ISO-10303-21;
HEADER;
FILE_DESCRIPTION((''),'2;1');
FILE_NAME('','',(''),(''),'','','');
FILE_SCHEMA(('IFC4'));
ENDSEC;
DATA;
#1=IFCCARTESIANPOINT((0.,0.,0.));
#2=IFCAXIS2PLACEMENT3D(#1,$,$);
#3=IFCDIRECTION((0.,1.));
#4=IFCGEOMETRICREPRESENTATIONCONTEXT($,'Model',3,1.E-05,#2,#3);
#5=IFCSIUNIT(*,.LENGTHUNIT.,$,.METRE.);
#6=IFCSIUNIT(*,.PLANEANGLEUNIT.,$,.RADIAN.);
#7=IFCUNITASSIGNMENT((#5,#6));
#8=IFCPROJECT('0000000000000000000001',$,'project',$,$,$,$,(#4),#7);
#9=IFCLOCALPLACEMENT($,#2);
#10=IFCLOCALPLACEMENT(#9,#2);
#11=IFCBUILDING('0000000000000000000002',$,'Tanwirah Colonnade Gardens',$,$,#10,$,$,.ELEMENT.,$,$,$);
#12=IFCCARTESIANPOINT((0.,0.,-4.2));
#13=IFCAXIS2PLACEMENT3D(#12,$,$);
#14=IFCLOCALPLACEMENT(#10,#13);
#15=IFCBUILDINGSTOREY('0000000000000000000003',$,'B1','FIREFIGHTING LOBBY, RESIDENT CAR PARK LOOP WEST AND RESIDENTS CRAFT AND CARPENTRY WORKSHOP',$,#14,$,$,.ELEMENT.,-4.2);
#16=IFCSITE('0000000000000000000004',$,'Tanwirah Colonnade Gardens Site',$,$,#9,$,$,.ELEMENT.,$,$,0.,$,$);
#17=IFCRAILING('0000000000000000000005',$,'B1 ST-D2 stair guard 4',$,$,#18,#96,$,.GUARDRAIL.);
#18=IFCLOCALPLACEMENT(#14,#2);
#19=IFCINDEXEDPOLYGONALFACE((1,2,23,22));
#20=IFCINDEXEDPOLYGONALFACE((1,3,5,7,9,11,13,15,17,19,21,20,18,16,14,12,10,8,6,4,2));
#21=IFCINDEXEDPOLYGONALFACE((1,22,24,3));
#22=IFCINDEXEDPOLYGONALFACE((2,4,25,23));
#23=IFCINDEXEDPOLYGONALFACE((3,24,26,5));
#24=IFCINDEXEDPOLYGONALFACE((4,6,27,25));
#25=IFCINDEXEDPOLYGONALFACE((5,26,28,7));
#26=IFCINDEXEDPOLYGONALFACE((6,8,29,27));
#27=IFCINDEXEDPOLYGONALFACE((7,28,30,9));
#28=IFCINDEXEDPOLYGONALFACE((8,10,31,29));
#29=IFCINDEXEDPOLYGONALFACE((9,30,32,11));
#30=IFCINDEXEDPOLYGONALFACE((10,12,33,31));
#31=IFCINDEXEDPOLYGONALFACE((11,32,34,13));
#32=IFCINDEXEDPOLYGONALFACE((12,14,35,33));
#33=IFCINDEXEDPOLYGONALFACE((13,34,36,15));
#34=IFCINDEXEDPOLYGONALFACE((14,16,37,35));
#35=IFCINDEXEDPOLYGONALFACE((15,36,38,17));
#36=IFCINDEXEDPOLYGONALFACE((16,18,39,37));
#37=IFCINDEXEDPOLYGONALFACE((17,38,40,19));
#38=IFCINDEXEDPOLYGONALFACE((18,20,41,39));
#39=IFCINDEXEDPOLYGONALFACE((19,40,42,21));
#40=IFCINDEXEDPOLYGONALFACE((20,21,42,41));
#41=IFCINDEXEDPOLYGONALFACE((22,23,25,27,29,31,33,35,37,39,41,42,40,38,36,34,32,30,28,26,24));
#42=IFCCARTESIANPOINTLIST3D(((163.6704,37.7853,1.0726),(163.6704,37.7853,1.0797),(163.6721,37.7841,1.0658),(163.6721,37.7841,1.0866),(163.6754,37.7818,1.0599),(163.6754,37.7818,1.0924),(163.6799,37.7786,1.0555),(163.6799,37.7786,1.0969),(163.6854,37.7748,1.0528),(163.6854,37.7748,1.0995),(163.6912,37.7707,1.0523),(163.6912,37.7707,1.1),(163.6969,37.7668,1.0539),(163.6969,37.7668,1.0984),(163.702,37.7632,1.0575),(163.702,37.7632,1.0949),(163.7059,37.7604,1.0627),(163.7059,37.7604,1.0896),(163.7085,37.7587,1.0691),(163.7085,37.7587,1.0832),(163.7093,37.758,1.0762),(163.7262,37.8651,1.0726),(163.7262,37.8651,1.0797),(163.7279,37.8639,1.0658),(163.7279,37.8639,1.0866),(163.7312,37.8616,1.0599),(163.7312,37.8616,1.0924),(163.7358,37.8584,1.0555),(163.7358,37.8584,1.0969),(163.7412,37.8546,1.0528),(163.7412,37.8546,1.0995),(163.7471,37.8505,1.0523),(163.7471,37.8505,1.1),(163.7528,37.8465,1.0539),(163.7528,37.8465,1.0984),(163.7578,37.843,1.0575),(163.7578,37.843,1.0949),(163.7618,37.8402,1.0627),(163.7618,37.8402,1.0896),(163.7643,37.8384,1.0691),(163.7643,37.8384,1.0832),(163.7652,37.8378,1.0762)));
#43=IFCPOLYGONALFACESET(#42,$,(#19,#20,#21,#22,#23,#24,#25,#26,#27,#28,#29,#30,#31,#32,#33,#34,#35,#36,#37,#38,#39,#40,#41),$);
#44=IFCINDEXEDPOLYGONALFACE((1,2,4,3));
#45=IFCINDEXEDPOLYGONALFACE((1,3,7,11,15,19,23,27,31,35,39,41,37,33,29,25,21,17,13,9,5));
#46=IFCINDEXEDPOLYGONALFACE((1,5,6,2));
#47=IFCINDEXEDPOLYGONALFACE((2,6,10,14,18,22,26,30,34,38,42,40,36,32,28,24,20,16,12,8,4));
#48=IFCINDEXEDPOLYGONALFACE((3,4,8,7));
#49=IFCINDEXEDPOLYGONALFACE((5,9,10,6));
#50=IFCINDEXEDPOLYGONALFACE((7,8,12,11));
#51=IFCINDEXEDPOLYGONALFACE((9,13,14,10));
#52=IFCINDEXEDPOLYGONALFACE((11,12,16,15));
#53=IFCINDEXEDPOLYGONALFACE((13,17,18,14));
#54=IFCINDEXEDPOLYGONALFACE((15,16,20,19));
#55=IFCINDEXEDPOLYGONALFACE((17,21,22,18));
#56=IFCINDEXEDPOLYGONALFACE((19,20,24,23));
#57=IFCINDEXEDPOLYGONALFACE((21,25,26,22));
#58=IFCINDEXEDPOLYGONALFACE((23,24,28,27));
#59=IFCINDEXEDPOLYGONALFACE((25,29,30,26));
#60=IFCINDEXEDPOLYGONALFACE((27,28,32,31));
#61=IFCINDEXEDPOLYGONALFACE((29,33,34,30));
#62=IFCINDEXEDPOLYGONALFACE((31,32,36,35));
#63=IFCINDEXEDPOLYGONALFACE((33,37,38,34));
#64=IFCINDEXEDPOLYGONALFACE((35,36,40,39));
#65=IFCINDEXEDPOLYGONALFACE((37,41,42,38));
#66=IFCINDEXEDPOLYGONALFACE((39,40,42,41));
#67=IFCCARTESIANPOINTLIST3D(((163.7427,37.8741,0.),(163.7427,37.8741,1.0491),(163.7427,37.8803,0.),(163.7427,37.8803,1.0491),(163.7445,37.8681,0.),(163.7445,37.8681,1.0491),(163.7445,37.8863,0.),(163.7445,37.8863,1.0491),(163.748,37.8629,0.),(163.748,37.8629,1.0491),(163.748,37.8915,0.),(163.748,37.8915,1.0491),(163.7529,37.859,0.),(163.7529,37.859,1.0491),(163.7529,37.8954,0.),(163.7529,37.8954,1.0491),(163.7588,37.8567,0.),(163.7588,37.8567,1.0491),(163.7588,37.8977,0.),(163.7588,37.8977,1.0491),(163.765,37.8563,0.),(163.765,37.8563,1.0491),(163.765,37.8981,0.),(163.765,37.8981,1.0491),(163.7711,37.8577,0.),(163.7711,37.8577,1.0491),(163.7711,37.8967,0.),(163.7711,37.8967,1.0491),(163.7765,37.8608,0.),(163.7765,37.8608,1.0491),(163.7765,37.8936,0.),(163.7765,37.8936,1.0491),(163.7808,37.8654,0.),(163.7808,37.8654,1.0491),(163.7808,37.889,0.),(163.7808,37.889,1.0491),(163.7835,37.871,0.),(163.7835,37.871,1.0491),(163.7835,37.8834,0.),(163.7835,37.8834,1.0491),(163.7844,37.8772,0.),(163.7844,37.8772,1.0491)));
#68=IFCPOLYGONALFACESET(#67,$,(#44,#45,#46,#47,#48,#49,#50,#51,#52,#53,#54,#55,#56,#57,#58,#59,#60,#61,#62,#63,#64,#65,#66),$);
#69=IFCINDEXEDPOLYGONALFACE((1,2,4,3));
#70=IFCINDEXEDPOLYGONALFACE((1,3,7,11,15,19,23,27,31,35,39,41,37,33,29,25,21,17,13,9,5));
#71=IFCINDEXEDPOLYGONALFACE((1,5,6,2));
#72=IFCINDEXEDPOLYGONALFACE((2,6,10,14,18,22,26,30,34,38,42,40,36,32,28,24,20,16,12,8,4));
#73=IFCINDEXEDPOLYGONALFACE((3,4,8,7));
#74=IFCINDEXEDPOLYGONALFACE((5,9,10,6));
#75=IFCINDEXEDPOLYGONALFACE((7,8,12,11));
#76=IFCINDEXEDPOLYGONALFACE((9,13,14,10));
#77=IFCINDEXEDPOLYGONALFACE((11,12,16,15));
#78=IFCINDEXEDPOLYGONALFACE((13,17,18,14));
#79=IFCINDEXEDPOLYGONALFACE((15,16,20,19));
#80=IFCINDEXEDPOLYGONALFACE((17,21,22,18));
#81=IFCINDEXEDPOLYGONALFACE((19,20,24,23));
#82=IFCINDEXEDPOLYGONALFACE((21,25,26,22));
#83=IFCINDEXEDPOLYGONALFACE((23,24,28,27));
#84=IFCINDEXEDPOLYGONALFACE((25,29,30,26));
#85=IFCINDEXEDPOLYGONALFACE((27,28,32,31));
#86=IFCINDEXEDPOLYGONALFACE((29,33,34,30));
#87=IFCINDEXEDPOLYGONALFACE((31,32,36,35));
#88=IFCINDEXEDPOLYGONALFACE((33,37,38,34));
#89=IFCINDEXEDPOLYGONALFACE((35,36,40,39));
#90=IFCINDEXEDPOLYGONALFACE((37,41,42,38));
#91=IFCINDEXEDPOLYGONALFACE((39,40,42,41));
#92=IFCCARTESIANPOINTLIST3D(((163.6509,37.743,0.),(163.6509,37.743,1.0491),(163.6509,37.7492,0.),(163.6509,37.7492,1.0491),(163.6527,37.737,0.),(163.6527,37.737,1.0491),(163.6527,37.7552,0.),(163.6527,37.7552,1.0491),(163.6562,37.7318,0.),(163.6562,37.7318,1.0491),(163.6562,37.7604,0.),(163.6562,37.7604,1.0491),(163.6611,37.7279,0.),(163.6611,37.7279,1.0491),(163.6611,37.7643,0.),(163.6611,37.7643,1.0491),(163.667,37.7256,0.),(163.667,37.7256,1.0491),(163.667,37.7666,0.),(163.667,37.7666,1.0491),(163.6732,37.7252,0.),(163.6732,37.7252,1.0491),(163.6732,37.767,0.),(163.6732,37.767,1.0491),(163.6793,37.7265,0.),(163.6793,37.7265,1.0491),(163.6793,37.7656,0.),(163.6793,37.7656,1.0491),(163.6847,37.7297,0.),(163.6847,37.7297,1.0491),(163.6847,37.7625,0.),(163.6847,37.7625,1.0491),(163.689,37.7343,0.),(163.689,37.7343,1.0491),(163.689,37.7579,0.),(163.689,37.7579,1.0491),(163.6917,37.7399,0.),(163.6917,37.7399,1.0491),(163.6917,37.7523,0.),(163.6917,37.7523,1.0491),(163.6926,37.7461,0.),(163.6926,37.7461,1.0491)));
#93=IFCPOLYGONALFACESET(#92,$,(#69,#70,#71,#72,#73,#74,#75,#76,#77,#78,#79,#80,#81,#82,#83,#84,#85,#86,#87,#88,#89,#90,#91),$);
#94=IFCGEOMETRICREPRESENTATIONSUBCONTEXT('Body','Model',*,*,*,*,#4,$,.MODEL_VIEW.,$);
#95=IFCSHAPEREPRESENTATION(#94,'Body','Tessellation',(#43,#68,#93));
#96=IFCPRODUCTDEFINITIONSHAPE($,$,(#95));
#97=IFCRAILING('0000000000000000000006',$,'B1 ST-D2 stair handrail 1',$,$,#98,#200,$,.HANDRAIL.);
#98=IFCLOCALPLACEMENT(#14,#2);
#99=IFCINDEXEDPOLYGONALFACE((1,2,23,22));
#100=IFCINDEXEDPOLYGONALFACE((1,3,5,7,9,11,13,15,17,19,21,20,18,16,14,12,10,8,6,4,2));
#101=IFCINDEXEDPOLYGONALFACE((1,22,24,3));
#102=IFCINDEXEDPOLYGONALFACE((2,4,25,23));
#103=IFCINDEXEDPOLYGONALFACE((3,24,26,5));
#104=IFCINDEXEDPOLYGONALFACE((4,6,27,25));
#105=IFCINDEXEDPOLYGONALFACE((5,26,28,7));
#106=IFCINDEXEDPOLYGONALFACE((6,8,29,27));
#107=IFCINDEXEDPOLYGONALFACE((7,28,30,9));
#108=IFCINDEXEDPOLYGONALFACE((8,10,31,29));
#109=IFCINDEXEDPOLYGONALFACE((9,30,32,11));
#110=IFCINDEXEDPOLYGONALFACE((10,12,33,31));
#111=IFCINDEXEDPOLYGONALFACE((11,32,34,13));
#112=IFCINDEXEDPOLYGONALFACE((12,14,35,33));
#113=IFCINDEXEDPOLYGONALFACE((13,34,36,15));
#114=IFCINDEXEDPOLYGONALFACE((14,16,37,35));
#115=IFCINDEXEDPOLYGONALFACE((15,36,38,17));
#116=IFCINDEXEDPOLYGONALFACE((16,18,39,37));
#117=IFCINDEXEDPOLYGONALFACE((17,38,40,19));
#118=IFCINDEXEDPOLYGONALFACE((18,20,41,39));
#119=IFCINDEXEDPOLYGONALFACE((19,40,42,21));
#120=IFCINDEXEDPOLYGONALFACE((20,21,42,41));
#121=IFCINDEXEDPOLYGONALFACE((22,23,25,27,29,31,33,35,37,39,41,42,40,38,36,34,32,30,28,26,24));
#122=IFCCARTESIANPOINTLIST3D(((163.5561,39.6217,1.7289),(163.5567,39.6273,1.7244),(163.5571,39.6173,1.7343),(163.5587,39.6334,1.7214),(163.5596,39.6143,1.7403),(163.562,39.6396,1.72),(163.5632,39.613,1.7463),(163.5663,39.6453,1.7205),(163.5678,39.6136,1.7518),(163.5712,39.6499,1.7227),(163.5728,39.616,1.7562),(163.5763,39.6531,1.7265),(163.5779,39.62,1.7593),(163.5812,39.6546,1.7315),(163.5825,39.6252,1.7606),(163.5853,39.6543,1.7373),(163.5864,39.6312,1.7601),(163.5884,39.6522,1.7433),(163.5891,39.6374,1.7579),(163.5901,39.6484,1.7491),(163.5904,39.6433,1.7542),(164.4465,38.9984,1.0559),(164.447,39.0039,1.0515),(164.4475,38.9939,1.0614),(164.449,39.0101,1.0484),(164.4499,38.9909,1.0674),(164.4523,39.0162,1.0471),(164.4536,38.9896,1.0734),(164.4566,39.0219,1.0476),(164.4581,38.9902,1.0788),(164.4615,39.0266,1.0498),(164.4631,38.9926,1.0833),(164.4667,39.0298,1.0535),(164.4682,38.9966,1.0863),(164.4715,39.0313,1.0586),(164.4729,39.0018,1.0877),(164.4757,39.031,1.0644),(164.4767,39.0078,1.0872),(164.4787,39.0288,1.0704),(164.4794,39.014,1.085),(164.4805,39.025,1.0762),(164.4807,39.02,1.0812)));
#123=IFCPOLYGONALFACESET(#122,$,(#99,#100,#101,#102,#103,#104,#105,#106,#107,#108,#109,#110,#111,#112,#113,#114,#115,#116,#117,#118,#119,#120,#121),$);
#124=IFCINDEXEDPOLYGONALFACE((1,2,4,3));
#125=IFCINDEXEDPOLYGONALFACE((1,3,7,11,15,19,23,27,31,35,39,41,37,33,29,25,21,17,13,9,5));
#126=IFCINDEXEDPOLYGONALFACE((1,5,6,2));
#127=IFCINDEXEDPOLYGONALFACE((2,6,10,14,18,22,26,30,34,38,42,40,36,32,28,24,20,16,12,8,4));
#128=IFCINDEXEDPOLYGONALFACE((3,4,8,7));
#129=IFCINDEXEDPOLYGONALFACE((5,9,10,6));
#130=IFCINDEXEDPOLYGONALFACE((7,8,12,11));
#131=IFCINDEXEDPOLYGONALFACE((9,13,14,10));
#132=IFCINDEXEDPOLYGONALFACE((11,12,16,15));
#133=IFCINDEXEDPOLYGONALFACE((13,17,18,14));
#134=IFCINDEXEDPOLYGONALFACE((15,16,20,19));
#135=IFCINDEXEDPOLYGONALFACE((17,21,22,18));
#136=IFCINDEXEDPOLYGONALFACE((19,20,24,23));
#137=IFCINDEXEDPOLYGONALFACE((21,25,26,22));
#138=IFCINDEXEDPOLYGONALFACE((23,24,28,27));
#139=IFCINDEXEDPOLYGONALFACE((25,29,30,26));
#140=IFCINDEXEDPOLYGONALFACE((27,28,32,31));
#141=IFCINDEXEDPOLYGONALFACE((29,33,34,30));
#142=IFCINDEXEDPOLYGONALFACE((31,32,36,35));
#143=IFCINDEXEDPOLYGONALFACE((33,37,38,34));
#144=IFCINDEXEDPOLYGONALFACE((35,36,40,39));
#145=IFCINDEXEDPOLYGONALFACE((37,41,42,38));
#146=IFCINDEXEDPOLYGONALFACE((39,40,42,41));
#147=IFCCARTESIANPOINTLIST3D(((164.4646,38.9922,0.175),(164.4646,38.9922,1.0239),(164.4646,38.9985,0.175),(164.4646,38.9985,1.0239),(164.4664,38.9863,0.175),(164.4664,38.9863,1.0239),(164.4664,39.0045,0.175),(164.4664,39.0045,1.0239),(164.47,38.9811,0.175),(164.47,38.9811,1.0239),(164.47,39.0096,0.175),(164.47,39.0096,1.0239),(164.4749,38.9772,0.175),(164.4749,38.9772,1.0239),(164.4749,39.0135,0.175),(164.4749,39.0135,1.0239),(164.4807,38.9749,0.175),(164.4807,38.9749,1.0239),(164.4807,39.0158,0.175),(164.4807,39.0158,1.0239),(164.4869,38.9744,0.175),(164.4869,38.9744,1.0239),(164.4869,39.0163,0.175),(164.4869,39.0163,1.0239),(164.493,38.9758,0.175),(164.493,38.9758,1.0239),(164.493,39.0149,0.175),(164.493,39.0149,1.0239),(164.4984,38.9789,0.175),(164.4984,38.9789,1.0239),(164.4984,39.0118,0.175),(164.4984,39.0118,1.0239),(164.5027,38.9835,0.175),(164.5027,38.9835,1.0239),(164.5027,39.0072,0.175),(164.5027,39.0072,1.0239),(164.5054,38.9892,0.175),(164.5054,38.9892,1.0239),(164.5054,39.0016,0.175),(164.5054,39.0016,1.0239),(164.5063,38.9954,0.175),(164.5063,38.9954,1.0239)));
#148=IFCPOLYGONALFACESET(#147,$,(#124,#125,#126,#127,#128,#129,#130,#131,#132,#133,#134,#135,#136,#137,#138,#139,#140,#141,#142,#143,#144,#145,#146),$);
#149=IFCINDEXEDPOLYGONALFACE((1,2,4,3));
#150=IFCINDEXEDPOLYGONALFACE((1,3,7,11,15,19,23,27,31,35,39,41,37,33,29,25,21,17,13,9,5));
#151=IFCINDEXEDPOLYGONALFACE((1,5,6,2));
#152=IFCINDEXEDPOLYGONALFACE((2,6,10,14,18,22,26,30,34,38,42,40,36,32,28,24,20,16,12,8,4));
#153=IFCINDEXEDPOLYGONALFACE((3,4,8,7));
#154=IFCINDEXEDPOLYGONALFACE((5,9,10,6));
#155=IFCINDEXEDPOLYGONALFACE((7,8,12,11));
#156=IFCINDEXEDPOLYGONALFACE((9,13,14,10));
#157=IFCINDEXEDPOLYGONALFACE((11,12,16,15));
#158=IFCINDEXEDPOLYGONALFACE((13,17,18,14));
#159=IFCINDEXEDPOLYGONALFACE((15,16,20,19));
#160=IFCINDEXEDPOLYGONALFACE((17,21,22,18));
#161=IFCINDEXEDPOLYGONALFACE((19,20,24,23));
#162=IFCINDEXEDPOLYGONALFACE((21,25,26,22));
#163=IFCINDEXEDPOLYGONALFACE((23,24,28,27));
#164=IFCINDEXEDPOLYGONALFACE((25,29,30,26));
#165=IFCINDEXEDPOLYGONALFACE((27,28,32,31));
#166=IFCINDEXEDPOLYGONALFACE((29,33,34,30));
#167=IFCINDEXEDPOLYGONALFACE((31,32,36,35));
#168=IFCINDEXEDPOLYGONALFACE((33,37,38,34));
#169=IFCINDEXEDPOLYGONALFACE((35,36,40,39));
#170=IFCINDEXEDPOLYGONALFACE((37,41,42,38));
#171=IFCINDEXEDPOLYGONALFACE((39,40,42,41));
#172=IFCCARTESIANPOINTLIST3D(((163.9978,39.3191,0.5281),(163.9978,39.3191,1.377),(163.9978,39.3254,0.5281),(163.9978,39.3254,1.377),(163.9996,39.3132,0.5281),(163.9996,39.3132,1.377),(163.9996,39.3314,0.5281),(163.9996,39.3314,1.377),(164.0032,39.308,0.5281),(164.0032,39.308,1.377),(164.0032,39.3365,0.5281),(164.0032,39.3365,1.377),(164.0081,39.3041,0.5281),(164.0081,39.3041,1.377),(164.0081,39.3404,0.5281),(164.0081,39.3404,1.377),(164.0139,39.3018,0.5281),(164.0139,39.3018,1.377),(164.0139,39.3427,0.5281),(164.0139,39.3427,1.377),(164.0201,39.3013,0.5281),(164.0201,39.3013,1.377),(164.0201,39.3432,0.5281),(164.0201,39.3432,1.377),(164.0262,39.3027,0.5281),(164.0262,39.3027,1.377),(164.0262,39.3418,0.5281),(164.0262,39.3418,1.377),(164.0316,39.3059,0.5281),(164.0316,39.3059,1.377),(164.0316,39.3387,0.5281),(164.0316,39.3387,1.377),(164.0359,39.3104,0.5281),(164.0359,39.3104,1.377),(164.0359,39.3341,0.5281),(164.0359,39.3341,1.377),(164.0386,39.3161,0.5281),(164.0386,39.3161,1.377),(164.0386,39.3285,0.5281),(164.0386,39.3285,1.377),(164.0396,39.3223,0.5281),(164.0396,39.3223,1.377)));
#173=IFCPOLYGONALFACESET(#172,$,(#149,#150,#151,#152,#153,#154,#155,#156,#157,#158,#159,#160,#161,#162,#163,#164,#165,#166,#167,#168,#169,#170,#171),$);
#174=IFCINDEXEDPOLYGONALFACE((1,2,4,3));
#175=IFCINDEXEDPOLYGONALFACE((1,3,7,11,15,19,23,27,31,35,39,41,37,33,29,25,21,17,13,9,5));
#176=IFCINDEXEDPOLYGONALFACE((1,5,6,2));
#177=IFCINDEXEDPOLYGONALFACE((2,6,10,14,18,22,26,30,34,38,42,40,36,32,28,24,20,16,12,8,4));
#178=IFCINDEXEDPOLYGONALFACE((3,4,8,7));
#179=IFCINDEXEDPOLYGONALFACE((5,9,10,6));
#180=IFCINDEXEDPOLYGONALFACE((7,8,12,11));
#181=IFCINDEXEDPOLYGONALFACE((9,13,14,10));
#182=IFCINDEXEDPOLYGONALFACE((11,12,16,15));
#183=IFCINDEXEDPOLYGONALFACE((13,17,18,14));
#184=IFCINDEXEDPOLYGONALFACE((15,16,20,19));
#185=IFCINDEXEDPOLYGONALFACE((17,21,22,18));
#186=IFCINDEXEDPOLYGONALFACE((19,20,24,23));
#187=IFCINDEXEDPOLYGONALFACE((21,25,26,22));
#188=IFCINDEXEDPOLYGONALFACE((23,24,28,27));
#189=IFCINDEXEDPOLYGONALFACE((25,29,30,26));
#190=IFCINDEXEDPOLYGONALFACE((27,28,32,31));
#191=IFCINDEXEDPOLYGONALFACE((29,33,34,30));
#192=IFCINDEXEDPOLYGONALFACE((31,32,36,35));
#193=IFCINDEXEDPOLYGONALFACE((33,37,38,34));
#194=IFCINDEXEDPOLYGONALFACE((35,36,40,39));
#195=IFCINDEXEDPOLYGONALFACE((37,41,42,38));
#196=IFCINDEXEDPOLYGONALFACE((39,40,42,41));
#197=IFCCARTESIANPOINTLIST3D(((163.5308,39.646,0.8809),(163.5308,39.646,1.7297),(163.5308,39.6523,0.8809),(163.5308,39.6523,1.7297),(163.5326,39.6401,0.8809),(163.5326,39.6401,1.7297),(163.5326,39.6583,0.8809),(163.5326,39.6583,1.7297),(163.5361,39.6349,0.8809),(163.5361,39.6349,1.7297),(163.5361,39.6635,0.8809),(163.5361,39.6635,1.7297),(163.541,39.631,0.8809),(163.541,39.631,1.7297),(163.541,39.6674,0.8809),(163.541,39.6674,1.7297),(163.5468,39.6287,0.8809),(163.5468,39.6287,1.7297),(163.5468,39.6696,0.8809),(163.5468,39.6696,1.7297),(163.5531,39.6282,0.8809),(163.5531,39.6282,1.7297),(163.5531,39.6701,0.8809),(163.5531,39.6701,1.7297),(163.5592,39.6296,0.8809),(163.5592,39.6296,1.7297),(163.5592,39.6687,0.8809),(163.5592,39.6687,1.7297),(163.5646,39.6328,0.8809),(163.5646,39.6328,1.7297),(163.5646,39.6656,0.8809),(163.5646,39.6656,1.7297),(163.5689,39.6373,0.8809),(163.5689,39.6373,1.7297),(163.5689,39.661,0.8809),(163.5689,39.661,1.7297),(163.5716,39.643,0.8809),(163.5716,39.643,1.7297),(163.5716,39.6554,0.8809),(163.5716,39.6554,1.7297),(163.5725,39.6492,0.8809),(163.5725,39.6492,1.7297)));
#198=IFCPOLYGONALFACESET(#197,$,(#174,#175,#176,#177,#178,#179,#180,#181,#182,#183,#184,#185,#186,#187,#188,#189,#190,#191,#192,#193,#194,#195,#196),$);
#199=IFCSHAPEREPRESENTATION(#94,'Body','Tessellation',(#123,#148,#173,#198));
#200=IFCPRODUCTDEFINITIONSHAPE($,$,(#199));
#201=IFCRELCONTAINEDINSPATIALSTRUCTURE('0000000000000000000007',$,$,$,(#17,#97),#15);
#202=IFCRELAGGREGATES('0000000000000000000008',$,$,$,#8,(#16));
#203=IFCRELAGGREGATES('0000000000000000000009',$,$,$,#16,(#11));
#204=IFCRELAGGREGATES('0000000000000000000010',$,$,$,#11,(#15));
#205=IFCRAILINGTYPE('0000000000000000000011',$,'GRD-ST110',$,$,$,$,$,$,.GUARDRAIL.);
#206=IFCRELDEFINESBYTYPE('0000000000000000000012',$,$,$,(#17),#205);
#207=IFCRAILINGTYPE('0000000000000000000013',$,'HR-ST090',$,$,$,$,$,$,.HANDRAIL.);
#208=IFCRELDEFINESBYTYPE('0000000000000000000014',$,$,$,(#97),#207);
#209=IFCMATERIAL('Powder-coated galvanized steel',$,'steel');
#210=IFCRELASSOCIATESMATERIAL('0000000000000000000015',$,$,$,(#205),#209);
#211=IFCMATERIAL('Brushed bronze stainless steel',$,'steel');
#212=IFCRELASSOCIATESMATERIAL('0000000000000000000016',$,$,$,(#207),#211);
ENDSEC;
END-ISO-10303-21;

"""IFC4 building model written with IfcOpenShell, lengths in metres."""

from ifc_helpers import new_model, si_unit, direction, frame, origin, origin_2d, place, context, subcontext, project, spatial, circle, extrude, material, type_object, element, save


model = new_model("IFC4")

# Units and contexts
model_context = context("Model", 3, precision=1e-05, world=origin(), true_north=direction((0.0, 1.0)))
body_context = subcontext(model_context, "Body", "Model", "MODEL_VIEW")
ifc_project = project(units=[si_unit("LENGTHUNIT", "METRE"), si_unit("PLANEANGLEUNIT", "RADIAN")], contexts=[model_context])

# Site, building, storey
site_placement = place(None, origin())
site = spatial("IfcSite", under=ifc_project, at=site_placement, Name="Tanwirah Colonnade Gardens Site", CompositionType="ELEMENT", RefElevation=0.0)
building_placement = place(site_placement, origin())
building = spatial("IfcBuilding", under=site, at=building_placement, Name="Tanwirah Colonnade Gardens", CompositionType="ELEMENT")
storey_placement = place(building_placement, frame((0.0, 0.0, -4.2)))
storey = spatial("IfcBuildingStorey", under=building, at=storey_placement, Name="B1", Description="FIREFIGHTING LOBBY, RESIDENT CAR PARK LOOP WEST AND RESIDENTS CRAFT AND CARPENTRY WORKSHOP", CompositionType="ELEMENT", Elevation=-4.2)

# Railings
ifc_material_1 = material(Name="Powder-coated galvanized steel", Category="steel")
railing_type_1 = type_object("IfcRailingType", Name="GRD-ST110", PredefinedType="GUARDRAIL", material=ifc_material_1)
railing_1_placement = place(storey_placement, frame((163.7634, 37.8772, 0.0)))
element("IfcRailing", 1, at=railing_1_placement, inside=storey, type_object=railing_type_1, Name="B1 ST-D2 stair guard 4", PredefinedType="GUARDRAIL", context=body_context, shape_type="SweptSolid", body=[
    extrude(circle(Radius=0.0239, at=origin_2d()), frame((-0.0178, -0.0256, 1.0762), z_axis=(-0.573565, -0.81916, 0.0), x_axis=(0.81916, -0.573565, 0.0)), (0.0, 0.0, 1.0), 0.0974),
    extrude(circle(Radius=0.021, at=origin_2d()), origin(), (0.0, 0.0, 1.0), 1.0491),
    extrude(circle(Radius=0.021, at=origin_2d()), frame((-0.0918, -0.1311, 0.0)), (0.0, 0.0, 1.0), 1.0491),
])
ifc_material_2 = material(Name="Brushed bronze stainless steel", Category="steel")
railing_type_2 = type_object("IfcRailingType", Name="HR-ST090", PredefinedType="HANDRAIL", material=ifc_material_2)
railing_2_placement = place(storey_placement, frame((164.4854, 38.9954, 0.175)))
element("IfcRailing", 2, at=railing_2_placement, inside=storey, type_object=railing_type_2, Name="B1 ST-D2 stair handrail 1", PredefinedType="HANDRAIL", context=body_context, shape_type="SweptSolid", body=[
    extrude(circle(Radius=0.0239, at=origin_2d()), frame((-0.0217, 0.0151, 0.8923), z_axis=(-0.696489, 0.487634, 0.526418), x_axis=(-0.573534, -0.819182, 0.0)), (0.0, 0.0, 1.0), 1.2783),
    extrude(circle(Radius=0.021, at=origin_2d()), origin(), (0.0, 0.0, 1.0), 0.8489),
    extrude(circle(Radius=0.021, at=origin_2d()), frame((-0.4668, 0.3269, 0.353)), (0.0, 0.0, 1.0), 0.8489),
    extrude(circle(Radius=0.021, at=origin_2d()), frame((-0.9338, 0.6538, 0.7058)), (0.0, 0.0, 1.0), 0.8489),
])

save(model, "model.ifc")
